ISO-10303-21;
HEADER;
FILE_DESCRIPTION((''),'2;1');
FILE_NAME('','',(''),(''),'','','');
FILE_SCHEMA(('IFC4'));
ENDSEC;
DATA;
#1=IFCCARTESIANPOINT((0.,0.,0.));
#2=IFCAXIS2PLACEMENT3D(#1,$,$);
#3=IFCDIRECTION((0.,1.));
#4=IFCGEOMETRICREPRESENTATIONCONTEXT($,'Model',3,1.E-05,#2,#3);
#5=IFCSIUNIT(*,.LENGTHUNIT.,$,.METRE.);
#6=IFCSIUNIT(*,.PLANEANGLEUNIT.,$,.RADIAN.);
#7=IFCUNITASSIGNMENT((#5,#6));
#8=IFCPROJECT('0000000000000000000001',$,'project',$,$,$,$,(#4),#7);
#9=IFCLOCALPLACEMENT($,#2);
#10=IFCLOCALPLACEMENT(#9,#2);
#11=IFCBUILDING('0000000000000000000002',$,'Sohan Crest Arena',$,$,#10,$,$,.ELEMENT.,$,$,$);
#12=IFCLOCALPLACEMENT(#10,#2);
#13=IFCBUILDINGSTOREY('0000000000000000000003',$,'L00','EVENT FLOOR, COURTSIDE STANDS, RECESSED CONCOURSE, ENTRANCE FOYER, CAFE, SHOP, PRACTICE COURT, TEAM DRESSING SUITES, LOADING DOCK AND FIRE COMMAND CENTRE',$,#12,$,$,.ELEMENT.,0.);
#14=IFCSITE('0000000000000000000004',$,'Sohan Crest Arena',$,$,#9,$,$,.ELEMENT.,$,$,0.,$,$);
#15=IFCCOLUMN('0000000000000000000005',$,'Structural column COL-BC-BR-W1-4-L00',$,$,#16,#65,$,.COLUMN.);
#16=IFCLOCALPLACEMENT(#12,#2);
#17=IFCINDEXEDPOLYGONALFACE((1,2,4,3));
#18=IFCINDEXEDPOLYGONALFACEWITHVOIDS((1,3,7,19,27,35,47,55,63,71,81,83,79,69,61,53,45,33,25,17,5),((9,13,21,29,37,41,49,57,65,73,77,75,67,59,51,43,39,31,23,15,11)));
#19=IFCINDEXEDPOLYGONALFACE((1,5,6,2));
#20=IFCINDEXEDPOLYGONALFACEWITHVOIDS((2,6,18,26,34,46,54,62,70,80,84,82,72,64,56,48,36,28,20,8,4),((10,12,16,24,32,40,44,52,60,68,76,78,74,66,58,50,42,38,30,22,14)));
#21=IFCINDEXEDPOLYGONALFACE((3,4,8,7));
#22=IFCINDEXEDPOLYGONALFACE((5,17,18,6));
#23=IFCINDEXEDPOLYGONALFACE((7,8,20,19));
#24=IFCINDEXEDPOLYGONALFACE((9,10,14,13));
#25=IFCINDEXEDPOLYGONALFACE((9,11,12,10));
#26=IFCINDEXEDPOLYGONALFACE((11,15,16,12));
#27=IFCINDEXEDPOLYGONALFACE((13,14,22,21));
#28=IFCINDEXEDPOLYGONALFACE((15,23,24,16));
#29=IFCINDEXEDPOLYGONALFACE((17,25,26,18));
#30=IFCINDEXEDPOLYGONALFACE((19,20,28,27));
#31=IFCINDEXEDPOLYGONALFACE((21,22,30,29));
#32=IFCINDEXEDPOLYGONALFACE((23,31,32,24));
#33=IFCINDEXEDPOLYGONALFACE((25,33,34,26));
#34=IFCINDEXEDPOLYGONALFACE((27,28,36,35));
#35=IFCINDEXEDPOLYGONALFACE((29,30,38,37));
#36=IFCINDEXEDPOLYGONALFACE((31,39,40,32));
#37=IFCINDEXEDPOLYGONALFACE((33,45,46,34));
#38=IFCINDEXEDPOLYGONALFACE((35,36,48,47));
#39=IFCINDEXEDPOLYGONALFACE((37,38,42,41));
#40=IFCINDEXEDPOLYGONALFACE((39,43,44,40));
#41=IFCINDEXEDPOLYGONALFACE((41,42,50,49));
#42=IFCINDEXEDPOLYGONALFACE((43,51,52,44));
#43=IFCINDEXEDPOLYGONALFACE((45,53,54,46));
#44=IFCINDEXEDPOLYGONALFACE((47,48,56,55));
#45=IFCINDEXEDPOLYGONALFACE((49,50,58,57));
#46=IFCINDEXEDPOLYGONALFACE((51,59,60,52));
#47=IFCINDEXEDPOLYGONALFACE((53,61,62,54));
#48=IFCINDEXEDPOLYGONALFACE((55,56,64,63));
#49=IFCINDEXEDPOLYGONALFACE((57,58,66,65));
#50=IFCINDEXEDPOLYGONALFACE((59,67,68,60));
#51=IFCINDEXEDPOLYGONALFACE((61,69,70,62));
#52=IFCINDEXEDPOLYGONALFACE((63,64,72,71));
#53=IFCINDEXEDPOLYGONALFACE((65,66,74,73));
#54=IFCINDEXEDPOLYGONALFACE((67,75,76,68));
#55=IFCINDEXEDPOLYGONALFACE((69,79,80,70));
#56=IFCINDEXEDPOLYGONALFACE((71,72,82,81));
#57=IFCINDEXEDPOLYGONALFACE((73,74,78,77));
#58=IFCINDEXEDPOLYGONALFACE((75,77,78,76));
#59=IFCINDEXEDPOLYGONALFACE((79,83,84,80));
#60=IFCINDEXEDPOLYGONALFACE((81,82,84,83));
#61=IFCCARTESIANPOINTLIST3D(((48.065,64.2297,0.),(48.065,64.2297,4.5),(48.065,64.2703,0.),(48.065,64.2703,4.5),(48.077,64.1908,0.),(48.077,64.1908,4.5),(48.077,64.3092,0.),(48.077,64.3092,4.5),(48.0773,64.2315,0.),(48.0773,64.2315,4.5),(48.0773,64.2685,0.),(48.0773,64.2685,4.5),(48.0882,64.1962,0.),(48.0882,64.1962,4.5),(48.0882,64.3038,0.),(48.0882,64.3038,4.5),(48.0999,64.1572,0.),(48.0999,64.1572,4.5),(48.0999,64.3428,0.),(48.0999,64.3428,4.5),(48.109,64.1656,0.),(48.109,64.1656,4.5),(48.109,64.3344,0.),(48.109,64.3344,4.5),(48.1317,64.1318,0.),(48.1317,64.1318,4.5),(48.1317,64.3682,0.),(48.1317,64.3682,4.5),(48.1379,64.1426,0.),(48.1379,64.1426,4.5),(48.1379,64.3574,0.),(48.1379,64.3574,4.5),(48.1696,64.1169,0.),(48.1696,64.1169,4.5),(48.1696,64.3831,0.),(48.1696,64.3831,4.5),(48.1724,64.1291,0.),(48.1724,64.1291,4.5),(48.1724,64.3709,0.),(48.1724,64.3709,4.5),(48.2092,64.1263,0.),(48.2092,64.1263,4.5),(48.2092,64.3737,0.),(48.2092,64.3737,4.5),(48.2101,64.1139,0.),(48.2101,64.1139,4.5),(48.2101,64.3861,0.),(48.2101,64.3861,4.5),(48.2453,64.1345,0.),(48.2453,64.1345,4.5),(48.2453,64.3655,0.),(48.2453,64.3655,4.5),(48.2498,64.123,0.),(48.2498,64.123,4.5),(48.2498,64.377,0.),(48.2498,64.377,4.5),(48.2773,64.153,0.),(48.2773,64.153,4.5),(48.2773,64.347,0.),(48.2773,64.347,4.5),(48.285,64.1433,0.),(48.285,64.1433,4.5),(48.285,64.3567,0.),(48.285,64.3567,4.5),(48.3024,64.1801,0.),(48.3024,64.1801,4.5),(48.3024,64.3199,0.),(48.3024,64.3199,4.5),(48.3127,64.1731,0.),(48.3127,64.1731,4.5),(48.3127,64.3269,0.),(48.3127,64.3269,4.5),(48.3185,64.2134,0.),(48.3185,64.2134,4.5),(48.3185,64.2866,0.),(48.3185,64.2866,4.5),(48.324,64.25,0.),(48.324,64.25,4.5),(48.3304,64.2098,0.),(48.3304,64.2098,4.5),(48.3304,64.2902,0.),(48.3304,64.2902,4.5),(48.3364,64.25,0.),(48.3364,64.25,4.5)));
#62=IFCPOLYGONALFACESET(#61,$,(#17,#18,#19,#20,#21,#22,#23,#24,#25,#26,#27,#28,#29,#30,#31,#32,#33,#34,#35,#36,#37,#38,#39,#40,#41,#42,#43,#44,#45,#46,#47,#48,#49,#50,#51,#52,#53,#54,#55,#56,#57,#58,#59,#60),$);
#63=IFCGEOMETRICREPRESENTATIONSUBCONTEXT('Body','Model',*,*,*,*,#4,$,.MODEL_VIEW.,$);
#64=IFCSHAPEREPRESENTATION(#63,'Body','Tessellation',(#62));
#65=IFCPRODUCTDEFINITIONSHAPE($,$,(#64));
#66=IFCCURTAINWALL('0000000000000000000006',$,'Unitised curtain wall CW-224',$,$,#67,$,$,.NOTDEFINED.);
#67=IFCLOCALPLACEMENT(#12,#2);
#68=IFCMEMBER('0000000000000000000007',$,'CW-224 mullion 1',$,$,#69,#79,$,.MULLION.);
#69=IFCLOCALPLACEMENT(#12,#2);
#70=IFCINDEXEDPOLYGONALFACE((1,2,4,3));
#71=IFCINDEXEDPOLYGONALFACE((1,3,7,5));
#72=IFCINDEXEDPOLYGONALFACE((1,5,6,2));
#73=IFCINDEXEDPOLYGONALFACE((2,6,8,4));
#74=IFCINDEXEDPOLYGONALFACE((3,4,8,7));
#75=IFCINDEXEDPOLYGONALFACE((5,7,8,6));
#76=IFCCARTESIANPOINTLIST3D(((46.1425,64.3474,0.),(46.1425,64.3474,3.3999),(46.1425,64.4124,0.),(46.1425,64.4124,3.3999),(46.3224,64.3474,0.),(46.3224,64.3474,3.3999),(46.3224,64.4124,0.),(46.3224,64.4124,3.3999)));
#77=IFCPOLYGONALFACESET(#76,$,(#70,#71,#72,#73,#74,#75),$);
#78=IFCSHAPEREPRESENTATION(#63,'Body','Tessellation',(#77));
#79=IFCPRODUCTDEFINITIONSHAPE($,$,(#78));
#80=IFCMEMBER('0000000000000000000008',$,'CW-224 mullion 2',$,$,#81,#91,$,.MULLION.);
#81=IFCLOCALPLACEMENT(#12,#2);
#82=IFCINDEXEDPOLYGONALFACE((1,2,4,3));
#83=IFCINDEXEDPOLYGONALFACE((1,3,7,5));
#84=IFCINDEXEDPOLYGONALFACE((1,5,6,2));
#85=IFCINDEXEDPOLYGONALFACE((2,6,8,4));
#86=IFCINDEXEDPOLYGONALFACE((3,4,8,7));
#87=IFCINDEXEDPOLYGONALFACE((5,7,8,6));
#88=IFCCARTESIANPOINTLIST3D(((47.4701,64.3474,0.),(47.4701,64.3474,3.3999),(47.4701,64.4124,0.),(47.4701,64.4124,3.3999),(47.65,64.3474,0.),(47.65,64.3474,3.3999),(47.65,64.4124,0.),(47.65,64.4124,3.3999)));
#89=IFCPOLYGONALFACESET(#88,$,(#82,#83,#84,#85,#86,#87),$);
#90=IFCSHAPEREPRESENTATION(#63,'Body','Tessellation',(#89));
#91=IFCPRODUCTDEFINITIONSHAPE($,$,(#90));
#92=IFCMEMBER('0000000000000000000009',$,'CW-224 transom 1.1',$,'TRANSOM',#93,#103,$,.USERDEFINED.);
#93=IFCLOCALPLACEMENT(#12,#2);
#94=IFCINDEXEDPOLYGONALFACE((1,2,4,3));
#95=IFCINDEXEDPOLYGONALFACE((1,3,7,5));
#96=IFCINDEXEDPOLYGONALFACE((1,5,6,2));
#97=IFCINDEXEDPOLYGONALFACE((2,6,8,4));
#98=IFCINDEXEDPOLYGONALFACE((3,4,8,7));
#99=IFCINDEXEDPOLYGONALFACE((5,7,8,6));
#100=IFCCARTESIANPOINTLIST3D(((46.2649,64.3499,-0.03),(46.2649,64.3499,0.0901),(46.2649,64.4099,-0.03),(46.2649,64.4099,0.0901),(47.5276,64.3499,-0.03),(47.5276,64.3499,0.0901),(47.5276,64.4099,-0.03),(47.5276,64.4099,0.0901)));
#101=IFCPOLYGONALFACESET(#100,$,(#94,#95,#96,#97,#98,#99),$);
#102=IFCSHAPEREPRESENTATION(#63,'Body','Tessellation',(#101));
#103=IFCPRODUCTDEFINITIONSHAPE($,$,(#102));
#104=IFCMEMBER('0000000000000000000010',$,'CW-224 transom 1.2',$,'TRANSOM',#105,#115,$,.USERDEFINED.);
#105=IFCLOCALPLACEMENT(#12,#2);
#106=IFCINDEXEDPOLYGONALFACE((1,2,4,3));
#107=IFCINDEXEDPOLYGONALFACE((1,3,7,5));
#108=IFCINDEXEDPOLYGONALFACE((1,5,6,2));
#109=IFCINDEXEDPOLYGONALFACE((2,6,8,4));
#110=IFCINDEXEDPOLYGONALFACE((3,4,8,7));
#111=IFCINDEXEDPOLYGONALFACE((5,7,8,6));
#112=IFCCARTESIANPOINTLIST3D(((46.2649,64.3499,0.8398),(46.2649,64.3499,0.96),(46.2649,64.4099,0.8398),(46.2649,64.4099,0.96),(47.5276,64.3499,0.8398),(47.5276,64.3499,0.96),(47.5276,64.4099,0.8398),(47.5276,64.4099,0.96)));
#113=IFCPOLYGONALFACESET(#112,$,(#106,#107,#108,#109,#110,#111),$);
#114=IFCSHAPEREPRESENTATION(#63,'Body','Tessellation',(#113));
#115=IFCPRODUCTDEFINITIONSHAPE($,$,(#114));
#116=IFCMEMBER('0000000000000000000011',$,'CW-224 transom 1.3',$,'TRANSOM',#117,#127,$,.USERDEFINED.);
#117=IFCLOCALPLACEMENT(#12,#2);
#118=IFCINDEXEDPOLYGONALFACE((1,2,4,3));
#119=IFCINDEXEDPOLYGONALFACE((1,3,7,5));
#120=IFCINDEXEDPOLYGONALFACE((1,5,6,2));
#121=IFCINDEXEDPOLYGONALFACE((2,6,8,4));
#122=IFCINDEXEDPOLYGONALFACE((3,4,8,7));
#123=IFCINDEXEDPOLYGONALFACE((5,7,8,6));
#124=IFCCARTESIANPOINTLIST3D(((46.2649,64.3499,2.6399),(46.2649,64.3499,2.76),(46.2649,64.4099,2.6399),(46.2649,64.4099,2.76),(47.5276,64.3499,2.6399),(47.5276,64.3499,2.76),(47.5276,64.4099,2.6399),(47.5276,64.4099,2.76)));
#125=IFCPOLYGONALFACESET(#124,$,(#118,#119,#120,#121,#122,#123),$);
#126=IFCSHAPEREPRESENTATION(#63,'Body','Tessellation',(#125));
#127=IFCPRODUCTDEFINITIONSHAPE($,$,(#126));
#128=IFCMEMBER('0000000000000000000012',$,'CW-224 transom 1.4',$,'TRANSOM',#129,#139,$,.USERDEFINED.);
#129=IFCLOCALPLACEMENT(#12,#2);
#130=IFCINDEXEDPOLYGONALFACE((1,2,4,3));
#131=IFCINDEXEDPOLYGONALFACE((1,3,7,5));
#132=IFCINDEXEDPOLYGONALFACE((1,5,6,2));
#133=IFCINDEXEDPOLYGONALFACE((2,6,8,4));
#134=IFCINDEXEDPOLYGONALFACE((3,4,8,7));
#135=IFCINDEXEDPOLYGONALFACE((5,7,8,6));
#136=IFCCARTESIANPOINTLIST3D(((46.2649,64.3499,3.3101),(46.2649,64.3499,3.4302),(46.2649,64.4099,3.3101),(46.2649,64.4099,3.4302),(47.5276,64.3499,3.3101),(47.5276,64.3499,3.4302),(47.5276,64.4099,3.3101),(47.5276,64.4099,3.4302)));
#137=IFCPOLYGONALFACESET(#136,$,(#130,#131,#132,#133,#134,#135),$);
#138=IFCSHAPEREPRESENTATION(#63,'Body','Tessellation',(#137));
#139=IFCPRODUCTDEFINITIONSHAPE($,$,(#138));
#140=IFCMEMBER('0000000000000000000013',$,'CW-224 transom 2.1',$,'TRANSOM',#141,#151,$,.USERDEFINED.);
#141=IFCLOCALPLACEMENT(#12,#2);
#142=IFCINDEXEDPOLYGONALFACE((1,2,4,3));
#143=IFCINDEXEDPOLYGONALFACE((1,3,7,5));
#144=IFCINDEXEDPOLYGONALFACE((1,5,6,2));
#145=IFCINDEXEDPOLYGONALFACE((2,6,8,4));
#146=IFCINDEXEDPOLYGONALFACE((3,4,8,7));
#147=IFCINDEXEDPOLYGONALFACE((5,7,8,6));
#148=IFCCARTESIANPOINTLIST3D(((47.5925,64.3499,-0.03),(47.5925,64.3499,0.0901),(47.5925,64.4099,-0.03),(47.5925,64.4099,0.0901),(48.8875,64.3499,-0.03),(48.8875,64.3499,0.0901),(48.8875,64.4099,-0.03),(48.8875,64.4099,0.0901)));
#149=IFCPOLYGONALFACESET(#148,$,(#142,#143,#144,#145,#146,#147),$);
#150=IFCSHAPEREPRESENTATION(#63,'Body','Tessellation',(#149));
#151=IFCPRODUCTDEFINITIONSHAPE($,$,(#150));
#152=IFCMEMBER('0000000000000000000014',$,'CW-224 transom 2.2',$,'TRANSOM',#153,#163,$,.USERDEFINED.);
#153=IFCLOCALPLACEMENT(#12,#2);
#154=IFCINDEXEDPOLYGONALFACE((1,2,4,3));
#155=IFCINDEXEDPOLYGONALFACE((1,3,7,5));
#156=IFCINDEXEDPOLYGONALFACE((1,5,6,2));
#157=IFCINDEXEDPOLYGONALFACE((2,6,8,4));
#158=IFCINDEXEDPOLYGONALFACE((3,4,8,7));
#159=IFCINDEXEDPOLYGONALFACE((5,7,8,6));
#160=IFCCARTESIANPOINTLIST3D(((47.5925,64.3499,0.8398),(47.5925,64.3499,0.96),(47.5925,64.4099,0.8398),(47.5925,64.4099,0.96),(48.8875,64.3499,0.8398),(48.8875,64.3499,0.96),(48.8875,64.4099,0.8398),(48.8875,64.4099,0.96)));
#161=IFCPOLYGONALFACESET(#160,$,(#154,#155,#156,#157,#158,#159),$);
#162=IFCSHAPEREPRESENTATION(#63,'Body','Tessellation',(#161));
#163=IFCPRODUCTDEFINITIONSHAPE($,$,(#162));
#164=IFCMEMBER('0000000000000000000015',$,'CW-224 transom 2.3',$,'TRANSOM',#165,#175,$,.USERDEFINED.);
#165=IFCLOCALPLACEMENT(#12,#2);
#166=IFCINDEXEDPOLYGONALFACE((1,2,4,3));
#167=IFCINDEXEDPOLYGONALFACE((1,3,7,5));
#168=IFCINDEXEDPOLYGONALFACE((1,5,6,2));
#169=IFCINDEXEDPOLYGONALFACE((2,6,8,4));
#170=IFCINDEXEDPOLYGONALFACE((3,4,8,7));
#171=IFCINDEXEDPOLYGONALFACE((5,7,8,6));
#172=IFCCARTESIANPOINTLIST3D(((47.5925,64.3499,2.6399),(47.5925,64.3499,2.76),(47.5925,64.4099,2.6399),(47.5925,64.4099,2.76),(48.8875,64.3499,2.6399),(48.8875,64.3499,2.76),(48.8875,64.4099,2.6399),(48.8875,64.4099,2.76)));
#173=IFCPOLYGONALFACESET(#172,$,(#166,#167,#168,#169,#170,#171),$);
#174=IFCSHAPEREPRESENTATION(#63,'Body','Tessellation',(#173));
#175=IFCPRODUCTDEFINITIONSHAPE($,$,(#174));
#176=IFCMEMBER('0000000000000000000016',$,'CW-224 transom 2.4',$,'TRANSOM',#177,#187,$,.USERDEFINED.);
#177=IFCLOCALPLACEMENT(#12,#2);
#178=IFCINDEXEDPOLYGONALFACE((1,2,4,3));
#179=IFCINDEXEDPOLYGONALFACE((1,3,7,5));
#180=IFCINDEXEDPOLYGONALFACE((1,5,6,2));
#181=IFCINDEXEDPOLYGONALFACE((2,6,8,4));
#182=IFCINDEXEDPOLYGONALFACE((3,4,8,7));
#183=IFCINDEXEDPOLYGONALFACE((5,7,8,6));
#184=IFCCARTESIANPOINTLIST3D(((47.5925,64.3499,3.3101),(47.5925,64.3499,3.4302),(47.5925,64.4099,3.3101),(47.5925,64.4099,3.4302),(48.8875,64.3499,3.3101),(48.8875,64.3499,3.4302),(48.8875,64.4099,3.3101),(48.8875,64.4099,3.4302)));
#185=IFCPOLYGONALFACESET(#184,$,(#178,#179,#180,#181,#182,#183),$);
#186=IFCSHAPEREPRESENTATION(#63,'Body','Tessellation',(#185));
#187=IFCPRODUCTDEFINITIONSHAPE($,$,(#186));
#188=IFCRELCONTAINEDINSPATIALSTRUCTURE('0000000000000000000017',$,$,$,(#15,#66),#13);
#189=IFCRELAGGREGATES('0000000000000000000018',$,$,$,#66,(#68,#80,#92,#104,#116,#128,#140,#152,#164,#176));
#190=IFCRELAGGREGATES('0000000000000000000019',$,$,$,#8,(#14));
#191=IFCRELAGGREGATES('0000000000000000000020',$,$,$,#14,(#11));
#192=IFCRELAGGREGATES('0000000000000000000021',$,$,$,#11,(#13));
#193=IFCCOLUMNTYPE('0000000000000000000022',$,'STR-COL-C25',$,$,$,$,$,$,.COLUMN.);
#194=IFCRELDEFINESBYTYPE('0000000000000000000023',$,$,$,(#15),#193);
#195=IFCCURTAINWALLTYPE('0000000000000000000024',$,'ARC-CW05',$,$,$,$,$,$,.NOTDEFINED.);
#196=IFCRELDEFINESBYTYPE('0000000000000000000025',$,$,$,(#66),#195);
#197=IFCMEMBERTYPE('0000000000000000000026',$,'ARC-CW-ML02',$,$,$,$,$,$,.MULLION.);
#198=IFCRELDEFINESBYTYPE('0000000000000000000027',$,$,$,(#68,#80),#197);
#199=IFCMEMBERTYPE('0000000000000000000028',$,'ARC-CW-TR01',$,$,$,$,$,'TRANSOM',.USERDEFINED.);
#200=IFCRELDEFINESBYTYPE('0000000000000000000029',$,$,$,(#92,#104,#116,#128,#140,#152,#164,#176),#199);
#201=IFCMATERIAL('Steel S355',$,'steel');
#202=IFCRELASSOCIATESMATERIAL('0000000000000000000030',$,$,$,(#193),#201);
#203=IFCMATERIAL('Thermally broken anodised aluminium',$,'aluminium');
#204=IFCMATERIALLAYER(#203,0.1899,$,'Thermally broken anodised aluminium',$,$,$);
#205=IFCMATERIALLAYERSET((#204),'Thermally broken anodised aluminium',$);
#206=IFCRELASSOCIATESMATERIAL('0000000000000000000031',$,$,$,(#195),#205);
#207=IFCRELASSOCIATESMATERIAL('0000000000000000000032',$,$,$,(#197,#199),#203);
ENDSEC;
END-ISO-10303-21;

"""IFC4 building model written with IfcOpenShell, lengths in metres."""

from ifc_helpers import new_model, si_unit, direction, frame, origin, origin_2d, place, context, subcontext, project, spatial, rectangle, hollow_circle, extrude, material, layer, layer_set, material_profile, profile_set, type_object, element, aggregate, save


model = new_model("IFC4")

# Units and contexts
model_context = context("Model", 3, precision=1e-05, world=origin(), true_north=direction((0.0, 1.0)))
body_context = subcontext(model_context, "Body", "Model", "MODEL_VIEW")
ifc_project = project(units=[si_unit("LENGTHUNIT", "METRE"), si_unit("PLANEANGLEUNIT", "RADIAN")], contexts=[model_context])

# Site, building, storey
site_placement = place(None, origin())
site = spatial("IfcSite", under=ifc_project, at=site_placement, Name="Sohan Crest Arena", CompositionType="ELEMENT", RefElevation=0.0)
building_placement = place(site_placement, origin())
building = spatial("IfcBuilding", under=site, at=building_placement, Name="Sohan Crest Arena", CompositionType="ELEMENT")
storey_placement = place(building_placement, origin())
storey = spatial("IfcBuildingStorey", under=building, at=storey_placement, Name="L00", Description="EVENT FLOOR, COURTSIDE STANDS, RECESSED CONCOURSE, ENTRANCE FOYER, CAFE, SHOP, PRACTICE COURT, TEAM DRESSING SUITES, LOADING DOCK AND FIRE COMMAND CENTRE", CompositionType="ELEMENT", Elevation=0.0)

# Column
ifc_material_1 = material(Name="Steel S355", Category="steel")
ifc_material_profile_1 = material_profile(ifc_material_1, hollow_circle(Radius=0.1365, WallThickness=0.0125, at=origin_2d()), Name="CHS 273x12.5")
ifc_profile_set_1 = profile_set([ifc_material_profile_1], Name="Steel S355")
column_type_1 = type_object("IfcColumnType", Name="STR-COL-C25", PredefinedType="COLUMN", material=ifc_profile_set_1)
for number, where, z_axis, x_axis, name in (
    (1, (48.2, 64.25, 0.0), (0.0, 0.0, 1.0), (1.0, 0.0, 0.0), "Structural column COL-BC-BR-W1-4-L00"),
):
    element("IfcColumn", number, at=place(storey_placement, frame(where, z_axis=z_axis, x_axis=x_axis)), inside=storey, type_object=column_type_1, Name=name, PredefinedType="COLUMN", context=body_context, shape_type="SweptSolid", body=[
        extrude(hollow_circle(Radius=0.1365, WallThickness=0.0125, at=origin_2d()), origin(), (0.0, 0.0, 1.0), 4.5),
    ])

# Curtain wall, members
ifc_material_2 = material(Name="Thermally broken anodised aluminium", Category="aluminium")
ifc_layer_1 = layer(ifc_material_2, 0.1899, Name="Thermally broken anodised aluminium")
ifc_layer_set_1 = layer_set([ifc_layer_1], Name="Thermally broken anodised aluminium")
curtain_wall_type = type_object("IfcCurtainWallType", Name="ARC-CW05", PredefinedType="NOTDEFINED", material=ifc_layer_set_1)
curtain_wall_placement = place(storey_placement, origin())
curtain_wall = element("IfcCurtainWall", 2, at=curtain_wall_placement, inside=storey, type_object=curtain_wall_type, Name="Unitised curtain wall CW-224", PredefinedType="NOTDEFINED")
ifc_material_profile_2 = material_profile(ifc_material_2, rectangle(XDim=0.0649, YDim=0.1799, at=origin_2d()), Name="ALU-MULL 65x180")
ifc_profile_set_2 = profile_set([ifc_material_profile_2], Name="Thermally broken anodised aluminium")
member_type_1 = type_object("IfcMemberType", Name="ARC-CW-ML02", PredefinedType="MULLION", material=ifc_profile_set_2)
member_1_placement = place(storey_placement, frame((46.2324, 64.3799, 0.0), z_axis=(0.0, 0.0, 1.0), x_axis=(0.0, 1.0, 0.0)))
member_1 = element("IfcMember", 3, at=member_1_placement, type_object=member_type_1, Name="CW-224 mullion 1", PredefinedType="MULLION", context=body_context, shape_type="SweptSolid", body=[
    extrude(rectangle(XDim=0.0649, YDim=0.1799, at=origin_2d()), origin(), (0.0, 0.0, 1.0), 3.3999),
])
member_2_placement = place(storey_placement, frame((47.5601, 64.3799, 0.0), z_axis=(0.0, 0.0, 1.0), x_axis=(0.0, 1.0, 0.0)))
member_2 = element("IfcMember", 4, at=member_2_placement, type_object=member_type_1, Name="CW-224 mullion 2", PredefinedType="MULLION", context=body_context, shape_type="SweptSolid", body=[
    extrude(rectangle(XDim=0.0649, YDim=0.1799, at=origin_2d()), origin(), (0.0, 0.0, 1.0), 3.3999),
])
ifc_material_profile_3 = material_profile(ifc_material_2, rectangle(XDim=0.0601, YDim=0.1201, at=origin_2d()), Name="ALU-TRAN 60x120")
ifc_profile_set_3 = profile_set([ifc_material_profile_3], Name="Thermally broken anodised aluminium")
member_type_2 = type_object("IfcMemberType", Name="ARC-CW-TR01", ElementType="TRANSOM", PredefinedType="USERDEFINED", material=ifc_profile_set_3)
member_3_placement = place(storey_placement, frame((46.2649, 64.3799, 0.03), z_axis=(1.0, 0.0, 0.0), x_axis=(0.0, 1.0, 0.0)))
member_3 = element("IfcMember", 5, at=member_3_placement, type_object=member_type_2, Name="CW-224 transom 1.1", ObjectType="TRANSOM", PredefinedType="USERDEFINED", context=body_context, shape_type="SweptSolid", body=[
    extrude(rectangle(XDim=0.0601, YDim=0.1201, at=origin_2d()), origin(), (0.0, 0.0, 1.0), 1.2627),
])
member_4_placement = place(storey_placement, frame((46.2649, 64.3799, 0.8999), z_axis=(1.0, 0.0, 0.0), x_axis=(0.0, 1.0, 0.0)))
member_4 = element("IfcMember", 6, at=member_4_placement, type_object=member_type_2, Name="CW-224 transom 1.2", ObjectType="TRANSOM", PredefinedType="USERDEFINED", context=body_context, shape_type="SweptSolid", body=[
    extrude(rectangle(XDim=0.0601, YDim=0.1201, at=origin_2d()), origin(), (0.0, 0.0, 1.0), 1.2627),
])
member_5_placement = place(storey_placement, frame((46.2649, 64.3799, 2.7), z_axis=(1.0, 0.0, 0.0), x_axis=(0.0, 1.0, 0.0)))
member_5 = element("IfcMember", 7, at=member_5_placement, type_object=member_type_2, Name="CW-224 transom 1.3", ObjectType="TRANSOM", PredefinedType="USERDEFINED", context=body_context, shape_type="SweptSolid", body=[
    extrude(rectangle(XDim=0.0601, YDim=0.1201, at=origin_2d()), origin(), (0.0, 0.0, 1.0), 1.2627),
])
member_6_placement = place(storey_placement, frame((46.2649, 64.3799, 3.3701), z_axis=(1.0, 0.0, 0.0), x_axis=(0.0, 1.0, 0.0)))
member_6 = element("IfcMember", 8, at=member_6_placement, type_object=member_type_2, Name="CW-224 transom 1.4", ObjectType="TRANSOM", PredefinedType="USERDEFINED", context=body_context, shape_type="SweptSolid", body=[
    extrude(rectangle(XDim=0.0601, YDim=0.1201, at=origin_2d()), origin(), (0.0, 0.0, 1.0), 1.2627),
])
member_7_placement = place(storey_placement, frame((47.5925, 64.3799, 0.03), z_axis=(1.0, 0.0, 0.0), x_axis=(0.0, 1.0, 0.0)))
member_7 = element("IfcMember", 9, at=member_7_placement, type_object=member_type_2, Name="CW-224 transom 2.1", ObjectType="TRANSOM", PredefinedType="USERDEFINED", context=body_context, shape_type="SweptSolid", body=[
    extrude(rectangle(XDim=0.0601, YDim=0.1201, at=origin_2d()), origin(), (0.0, 0.0, 1.0), 1.2949),
])
member_8_placement = place(storey_placement, frame((47.5925, 64.3799, 0.8999), z_axis=(1.0, 0.0, 0.0), x_axis=(0.0, 1.0, 0.0)))
member_8 = element("IfcMember", 10, at=member_8_placement, type_object=member_type_2, Name="CW-224 transom 2.2", ObjectType="TRANSOM", PredefinedType="USERDEFINED", context=body_context, shape_type="SweptSolid", body=[
    extrude(rectangle(XDim=0.0601, YDim=0.1201, at=origin_2d()), origin(), (0.0, 0.0, 1.0), 1.2949),
])
member_9_placement = place(storey_placement, frame((47.5925, 64.3799, 2.7), z_axis=(1.0, 0.0, 0.0), x_axis=(0.0, 1.0, 0.0)))
member_9 = element("IfcMember", 11, at=member_9_placement, type_object=member_type_2, Name="CW-224 transom 2.3", ObjectType="TRANSOM", PredefinedType="USERDEFINED", context=body_context, shape_type="SweptSolid", body=[
    extrude(rectangle(XDim=0.0601, YDim=0.1201, at=origin_2d()), origin(), (0.0, 0.0, 1.0), 1.2949),
])
member_10_placement = place(storey_placement, frame((47.5925, 64.3799, 3.3701), z_axis=(1.0, 0.0, 0.0), x_axis=(0.0, 1.0, 0.0)))
member_10 = element("IfcMember", 12, at=member_10_placement, type_object=member_type_2, Name="CW-224 transom 2.4", ObjectType="TRANSOM", PredefinedType="USERDEFINED", context=body_context, shape_type="SweptSolid", body=[
    extrude(rectangle(XDim=0.0601, YDim=0.1201, at=origin_2d()), origin(), (0.0, 0.0, 1.0), 1.2949),
])

aggregate(curtain_wall, [member_1, member_2, member_3, member_4, member_5, member_6, member_7, member_8, member_9, member_10])

save(model, "model.ifc")
